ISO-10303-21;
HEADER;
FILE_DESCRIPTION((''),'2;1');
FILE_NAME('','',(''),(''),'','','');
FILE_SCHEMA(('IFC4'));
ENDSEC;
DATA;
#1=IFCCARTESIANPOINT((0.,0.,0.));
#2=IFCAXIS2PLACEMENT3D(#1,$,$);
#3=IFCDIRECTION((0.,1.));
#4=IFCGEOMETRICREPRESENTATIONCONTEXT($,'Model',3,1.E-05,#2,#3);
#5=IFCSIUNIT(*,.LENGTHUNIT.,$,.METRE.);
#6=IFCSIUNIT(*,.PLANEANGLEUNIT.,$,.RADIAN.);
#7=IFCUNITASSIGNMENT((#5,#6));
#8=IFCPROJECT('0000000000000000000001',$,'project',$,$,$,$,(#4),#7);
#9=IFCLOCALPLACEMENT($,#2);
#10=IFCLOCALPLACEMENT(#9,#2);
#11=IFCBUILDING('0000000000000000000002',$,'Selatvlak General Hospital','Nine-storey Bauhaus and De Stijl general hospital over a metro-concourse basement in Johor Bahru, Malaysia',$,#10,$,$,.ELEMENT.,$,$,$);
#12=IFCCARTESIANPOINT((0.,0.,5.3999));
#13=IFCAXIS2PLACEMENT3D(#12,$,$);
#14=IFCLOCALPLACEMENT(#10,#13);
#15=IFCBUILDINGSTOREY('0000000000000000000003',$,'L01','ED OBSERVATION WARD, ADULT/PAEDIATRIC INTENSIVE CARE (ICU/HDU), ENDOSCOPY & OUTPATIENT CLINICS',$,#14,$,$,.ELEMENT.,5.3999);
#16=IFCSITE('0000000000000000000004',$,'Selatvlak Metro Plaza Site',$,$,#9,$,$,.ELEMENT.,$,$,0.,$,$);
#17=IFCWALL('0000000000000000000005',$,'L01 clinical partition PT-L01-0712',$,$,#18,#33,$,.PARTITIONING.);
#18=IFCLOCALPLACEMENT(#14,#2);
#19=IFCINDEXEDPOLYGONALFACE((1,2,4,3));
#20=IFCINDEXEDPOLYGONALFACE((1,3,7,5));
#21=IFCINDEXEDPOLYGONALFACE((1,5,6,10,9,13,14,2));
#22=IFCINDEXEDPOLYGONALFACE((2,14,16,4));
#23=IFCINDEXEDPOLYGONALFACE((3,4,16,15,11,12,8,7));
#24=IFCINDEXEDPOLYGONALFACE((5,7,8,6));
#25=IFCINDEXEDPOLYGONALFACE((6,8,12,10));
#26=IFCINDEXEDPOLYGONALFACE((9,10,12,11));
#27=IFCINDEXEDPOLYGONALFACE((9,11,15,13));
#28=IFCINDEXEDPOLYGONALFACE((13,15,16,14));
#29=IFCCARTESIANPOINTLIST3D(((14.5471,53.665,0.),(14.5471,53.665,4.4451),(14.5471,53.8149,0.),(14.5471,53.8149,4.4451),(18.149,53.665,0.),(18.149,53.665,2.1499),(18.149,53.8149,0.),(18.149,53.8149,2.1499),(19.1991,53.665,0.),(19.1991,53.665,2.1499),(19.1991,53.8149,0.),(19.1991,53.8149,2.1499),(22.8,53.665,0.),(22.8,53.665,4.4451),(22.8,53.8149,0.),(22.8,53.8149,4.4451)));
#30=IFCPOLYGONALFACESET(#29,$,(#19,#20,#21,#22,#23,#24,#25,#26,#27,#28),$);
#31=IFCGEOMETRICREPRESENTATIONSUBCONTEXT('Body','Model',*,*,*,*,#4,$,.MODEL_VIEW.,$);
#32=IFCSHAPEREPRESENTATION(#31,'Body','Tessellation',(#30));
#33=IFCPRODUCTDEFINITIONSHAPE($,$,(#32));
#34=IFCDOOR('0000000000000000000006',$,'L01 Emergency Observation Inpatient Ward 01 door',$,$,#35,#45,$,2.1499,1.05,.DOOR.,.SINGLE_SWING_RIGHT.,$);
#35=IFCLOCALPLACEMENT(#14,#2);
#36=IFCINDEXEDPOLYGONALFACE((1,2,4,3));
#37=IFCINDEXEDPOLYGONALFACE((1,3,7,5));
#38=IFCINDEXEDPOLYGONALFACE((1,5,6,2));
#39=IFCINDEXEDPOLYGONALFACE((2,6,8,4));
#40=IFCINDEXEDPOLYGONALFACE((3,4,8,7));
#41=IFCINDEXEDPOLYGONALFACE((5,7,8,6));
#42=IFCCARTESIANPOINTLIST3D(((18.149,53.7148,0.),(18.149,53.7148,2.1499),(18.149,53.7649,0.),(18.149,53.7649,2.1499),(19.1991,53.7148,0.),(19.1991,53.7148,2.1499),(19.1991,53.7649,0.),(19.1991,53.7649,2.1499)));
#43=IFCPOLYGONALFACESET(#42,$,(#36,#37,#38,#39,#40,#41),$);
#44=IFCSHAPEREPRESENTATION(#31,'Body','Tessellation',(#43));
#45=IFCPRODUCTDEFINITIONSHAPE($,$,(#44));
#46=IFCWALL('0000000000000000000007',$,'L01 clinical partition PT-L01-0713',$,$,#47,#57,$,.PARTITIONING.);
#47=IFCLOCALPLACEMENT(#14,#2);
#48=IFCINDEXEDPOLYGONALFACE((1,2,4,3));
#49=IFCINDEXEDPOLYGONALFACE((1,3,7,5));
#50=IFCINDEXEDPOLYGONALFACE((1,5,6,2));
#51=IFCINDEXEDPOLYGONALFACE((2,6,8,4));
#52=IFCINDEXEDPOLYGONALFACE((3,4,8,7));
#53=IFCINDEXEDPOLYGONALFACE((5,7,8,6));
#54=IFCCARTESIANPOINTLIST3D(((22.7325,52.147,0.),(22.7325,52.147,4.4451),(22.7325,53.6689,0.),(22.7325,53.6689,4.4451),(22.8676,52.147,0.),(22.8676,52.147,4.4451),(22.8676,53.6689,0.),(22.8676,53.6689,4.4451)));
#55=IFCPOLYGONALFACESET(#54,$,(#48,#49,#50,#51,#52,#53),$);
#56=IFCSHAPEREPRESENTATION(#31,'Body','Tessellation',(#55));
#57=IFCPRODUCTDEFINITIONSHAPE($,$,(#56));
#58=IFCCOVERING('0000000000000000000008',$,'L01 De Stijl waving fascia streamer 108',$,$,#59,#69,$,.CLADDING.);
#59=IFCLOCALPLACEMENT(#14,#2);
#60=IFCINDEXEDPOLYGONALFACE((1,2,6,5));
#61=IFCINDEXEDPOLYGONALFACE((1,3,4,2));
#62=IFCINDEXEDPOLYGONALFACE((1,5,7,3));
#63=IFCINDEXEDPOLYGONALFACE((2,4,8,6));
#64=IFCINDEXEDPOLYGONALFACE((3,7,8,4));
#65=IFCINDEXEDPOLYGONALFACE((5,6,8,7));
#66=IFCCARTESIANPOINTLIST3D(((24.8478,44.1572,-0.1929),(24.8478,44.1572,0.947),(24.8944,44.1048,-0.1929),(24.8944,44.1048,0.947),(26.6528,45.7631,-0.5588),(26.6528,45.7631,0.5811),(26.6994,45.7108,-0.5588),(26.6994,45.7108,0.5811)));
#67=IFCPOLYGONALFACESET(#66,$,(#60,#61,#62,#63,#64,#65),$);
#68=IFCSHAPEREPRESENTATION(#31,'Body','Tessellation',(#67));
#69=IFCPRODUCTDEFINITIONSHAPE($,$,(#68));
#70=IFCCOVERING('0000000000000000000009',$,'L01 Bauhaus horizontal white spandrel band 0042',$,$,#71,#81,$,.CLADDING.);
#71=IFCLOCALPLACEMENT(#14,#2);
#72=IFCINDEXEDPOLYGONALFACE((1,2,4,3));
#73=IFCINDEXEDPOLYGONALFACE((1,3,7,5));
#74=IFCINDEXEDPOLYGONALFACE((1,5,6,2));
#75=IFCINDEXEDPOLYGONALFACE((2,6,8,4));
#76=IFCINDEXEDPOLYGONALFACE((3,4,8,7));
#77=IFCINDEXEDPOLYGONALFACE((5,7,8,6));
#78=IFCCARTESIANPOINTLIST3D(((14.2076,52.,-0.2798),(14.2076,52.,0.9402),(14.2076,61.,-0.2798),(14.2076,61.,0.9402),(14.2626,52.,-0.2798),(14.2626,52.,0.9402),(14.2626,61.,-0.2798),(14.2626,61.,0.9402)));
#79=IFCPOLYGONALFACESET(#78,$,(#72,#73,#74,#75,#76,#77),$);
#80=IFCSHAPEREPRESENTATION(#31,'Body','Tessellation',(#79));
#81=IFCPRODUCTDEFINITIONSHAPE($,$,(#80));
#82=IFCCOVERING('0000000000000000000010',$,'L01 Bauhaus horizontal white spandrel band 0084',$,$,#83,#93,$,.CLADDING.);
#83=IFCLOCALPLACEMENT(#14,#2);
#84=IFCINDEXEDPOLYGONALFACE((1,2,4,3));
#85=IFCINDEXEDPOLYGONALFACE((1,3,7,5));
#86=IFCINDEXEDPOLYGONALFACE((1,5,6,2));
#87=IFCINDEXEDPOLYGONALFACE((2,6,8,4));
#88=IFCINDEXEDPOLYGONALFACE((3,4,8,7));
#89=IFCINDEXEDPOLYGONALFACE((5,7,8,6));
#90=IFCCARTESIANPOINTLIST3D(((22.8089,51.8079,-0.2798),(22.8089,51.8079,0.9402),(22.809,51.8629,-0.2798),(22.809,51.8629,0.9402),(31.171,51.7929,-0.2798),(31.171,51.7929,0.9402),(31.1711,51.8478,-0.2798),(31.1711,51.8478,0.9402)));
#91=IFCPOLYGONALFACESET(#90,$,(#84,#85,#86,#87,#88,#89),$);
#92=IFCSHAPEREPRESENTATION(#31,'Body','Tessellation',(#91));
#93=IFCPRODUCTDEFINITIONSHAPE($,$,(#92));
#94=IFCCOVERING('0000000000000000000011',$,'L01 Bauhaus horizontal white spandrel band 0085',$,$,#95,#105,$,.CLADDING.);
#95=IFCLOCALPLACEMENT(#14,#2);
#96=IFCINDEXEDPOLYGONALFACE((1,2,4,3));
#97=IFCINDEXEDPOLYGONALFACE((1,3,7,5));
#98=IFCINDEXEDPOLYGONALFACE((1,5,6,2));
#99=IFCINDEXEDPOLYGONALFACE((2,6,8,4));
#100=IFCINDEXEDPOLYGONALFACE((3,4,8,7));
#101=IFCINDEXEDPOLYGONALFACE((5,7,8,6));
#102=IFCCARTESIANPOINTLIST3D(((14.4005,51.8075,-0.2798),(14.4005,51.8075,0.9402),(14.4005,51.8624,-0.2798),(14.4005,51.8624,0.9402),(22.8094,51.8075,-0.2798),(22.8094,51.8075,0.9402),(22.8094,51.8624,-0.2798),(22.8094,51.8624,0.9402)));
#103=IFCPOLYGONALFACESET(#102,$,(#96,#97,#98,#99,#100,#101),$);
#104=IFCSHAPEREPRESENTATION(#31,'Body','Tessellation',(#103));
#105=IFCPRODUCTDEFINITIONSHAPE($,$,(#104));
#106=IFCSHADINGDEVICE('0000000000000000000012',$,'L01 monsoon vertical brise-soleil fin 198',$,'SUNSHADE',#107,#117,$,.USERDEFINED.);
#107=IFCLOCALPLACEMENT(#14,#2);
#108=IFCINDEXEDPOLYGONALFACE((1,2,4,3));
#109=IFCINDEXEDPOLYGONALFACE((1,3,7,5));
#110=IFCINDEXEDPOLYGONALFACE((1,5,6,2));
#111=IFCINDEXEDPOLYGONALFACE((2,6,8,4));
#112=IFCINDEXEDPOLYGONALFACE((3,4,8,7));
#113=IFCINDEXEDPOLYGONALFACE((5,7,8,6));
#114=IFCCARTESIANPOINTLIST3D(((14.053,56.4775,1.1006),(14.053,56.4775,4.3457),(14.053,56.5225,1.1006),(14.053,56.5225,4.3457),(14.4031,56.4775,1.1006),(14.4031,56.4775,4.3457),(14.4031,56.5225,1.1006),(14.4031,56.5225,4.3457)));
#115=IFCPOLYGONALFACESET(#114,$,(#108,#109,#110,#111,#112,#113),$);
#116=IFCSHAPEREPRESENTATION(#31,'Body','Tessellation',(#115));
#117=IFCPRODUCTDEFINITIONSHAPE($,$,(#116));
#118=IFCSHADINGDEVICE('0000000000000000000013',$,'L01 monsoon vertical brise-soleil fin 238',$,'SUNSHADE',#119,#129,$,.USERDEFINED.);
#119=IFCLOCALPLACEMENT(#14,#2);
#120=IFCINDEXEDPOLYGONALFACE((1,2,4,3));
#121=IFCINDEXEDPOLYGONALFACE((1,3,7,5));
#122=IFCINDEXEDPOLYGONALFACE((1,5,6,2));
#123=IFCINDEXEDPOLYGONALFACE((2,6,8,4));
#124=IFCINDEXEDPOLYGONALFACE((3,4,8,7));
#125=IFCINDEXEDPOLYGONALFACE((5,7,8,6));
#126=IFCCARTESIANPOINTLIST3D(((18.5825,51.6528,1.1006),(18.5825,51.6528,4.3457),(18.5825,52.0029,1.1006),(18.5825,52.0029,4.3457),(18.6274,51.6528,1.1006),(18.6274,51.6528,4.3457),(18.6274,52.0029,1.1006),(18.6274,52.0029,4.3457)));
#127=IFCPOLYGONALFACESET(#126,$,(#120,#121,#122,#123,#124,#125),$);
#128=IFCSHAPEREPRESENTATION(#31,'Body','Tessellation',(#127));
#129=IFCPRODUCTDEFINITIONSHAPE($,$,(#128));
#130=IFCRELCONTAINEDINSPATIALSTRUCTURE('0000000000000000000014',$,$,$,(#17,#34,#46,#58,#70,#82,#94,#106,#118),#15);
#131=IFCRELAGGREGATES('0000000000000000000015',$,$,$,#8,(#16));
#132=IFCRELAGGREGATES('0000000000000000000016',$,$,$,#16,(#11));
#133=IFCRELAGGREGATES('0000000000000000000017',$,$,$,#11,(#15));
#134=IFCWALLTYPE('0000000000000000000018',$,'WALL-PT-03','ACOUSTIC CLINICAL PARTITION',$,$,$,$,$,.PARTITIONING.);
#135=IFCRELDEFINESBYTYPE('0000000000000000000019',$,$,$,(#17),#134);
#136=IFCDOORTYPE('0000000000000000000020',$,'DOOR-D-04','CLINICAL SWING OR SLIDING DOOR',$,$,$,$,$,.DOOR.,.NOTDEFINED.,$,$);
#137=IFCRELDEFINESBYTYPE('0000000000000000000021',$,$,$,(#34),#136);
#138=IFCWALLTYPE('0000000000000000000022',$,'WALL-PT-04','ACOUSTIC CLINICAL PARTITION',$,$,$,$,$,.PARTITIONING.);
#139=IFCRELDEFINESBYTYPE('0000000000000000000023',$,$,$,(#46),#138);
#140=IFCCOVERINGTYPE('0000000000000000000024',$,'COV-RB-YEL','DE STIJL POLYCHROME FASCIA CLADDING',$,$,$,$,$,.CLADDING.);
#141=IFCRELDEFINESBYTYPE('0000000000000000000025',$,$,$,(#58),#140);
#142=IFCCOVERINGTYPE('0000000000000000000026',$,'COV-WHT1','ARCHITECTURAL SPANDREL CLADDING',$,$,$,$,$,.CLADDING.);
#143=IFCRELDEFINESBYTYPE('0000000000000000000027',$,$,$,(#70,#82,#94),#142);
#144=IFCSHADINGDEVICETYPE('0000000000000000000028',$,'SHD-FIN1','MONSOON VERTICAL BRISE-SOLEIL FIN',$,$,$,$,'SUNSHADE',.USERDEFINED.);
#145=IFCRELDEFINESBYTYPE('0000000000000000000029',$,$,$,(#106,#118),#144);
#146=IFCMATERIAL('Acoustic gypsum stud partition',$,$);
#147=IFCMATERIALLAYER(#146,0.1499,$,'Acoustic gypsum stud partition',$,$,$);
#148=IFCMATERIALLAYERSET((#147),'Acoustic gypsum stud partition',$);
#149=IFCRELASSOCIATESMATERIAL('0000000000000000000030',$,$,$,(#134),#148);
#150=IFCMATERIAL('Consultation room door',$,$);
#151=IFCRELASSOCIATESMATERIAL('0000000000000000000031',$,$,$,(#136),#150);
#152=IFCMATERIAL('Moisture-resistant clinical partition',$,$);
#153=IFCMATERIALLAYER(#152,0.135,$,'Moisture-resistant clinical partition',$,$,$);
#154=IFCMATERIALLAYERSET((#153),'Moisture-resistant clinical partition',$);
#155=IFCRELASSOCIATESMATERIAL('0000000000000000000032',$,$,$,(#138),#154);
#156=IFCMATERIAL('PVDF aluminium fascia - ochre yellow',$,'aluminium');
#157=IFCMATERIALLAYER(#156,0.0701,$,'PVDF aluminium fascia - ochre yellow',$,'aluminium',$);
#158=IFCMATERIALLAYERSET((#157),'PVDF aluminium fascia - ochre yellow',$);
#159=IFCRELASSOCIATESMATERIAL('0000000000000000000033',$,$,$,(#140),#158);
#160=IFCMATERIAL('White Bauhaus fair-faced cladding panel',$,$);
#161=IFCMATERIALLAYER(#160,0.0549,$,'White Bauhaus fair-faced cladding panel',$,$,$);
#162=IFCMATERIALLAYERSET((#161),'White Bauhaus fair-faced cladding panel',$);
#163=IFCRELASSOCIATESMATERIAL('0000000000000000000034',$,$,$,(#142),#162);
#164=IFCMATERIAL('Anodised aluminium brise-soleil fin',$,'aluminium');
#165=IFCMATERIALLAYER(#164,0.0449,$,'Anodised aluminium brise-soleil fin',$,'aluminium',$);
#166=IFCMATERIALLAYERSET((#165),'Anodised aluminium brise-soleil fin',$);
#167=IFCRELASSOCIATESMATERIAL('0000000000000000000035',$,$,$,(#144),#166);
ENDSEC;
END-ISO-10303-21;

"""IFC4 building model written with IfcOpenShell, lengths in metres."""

from ifc_helpers import new_model, si_unit, direction, frame, frame_2d, origin, origin_2d, place, context, subcontext, project, spatial, polyline, rectangle, outline, extrude, material, layer, layer_set, type_object, element, fill, save


model = new_model("IFC4")

# Units and contexts
model_context = context("Model", 3, precision=1e-05, world=origin(), true_north=direction((0.0, 1.0)))
body_context = subcontext(model_context, "Body", "Model", "MODEL_VIEW")
ifc_project = project(units=[si_unit("LENGTHUNIT", "METRE"), si_unit("PLANEANGLEUNIT", "RADIAN")], contexts=[model_context])

# Site, building, storey
site_placement = place(None, origin())
site = spatial("IfcSite", under=ifc_project, at=site_placement, Name="Selatvlak Metro Plaza Site", CompositionType="ELEMENT", RefElevation=0.0)
building_placement = place(site_placement, origin())
building = spatial("IfcBuilding", under=site, at=building_placement, Name="Selatvlak General Hospital", Description="Nine-storey Bauhaus and De Stijl general hospital over a metro-concourse basement in Johor Bahru, Malaysia", CompositionType="ELEMENT")
storey_placement = place(building_placement, frame((0.0, 0.0, 5.3999)))
storey = spatial("IfcBuildingStorey", under=building, at=storey_placement, Name="L01", Description="ED OBSERVATION WARD, ADULT/PAEDIATRIC INTENSIVE CARE (ICU/HDU), ENDOSCOPY & OUTPATIENT CLINICS", CompositionType="ELEMENT", Elevation=5.3999)

# Shared definitions
ifc_material_1 = material(Name="Acoustic gypsum stud partition")

# Wall, opening, door
ifc_layer_1 = layer(ifc_material_1, 0.1499, Name="Acoustic gypsum stud partition")
ifc_layer_set_1 = layer_set([ifc_layer_1], Name="Acoustic gypsum stud partition")
wall_type_1 = type_object("IfcWallType", Name="WALL-PT-03", Description="ACOUSTIC CLINICAL PARTITION", PredefinedType="PARTITIONING", material=ifc_layer_set_1)
wall_1_placement = place(storey_placement, frame((14.5471, 53.74, 0.0), z_axis=(0.0, 0.0, 1.0), x_axis=(1.0, 0.0, 0.0)))
wall_1 = element("IfcWall", 1, at=wall_1_placement, inside=storey, type_object=wall_type_1, Name="L01 clinical partition PT-L01-0712", PredefinedType="PARTITIONING", context=body_context, shape_type="SweptSolid", body=[
    extrude(rectangle(XDim=8.2529, YDim=0.1499, at=frame_2d((4.1265, 0.0))), origin(), (0.0, 0.0, 1.0), 4.4451),
])
opening_1_placement = place(wall_1_placement, frame((3.6021, 0.0, 0.0)))
opening_1 = element("IfcOpeningElement", 2, at=opening_1_placement, cuts=wall_1, PredefinedType="OPENING", context=body_context, shape_type="SweptSolid", body=[
    extrude(rectangle(XDim=1.05, YDim=2.1499, at=frame_2d((0.5249, 1.075))), frame((0.0, 0.085, 0.0), z_axis=(0.0, -1.0, 0.0), x_axis=(1.0, 0.0, 0.0)), (0.0, 0.0, 1.0), 0.1699),
])
ifc_material_2 = material(Name="Consultation room door")
door_type = type_object("IfcDoorType", Name="DOOR-D-04", Description="CLINICAL SWING OR SLIDING DOOR", OperationType="NOTDEFINED", PredefinedType="DOOR", material=ifc_material_2)
door_placement = place(opening_1_placement, origin())
door = element("IfcDoor", 3, at=door_placement, inside=storey, type_object=door_type, Name="L01 Emergency Observation Inpatient Ward 01 door", OperationType="SINGLE_SWING_RIGHT", OverallHeight=2.1499, OverallWidth=1.05, PredefinedType="DOOR", context=body_context, shape_type="SweptSolid", body=[
    extrude(rectangle(XDim=1.05, YDim=2.1499, at=frame_2d((0.5249, 1.075))), frame((0.0, 0.0249, 0.0), z_axis=(0.0, -1.0, 0.0), x_axis=(1.0, 0.0, 0.0)), (0.0, 0.0, 1.0), 0.05),
])
fill(opening_1, door)

# Wall
ifc_material_3 = material(Name="Moisture-resistant clinical partition")
ifc_layer_2 = layer(ifc_material_3, 0.135, Name="Moisture-resistant clinical partition")
ifc_layer_set_2 = layer_set([ifc_layer_2], Name="Moisture-resistant clinical partition")
wall_type_2 = type_object("IfcWallType", Name="WALL-PT-04", Description="ACOUSTIC CLINICAL PARTITION", PredefinedType="PARTITIONING", material=ifc_layer_set_2)
wall_2_placement = place(storey_placement, frame((22.8, 53.6689, 0.0), z_axis=(0.0, 0.0, 1.0), x_axis=(0.0, -1.0, 0.0)))
element("IfcWall", 4, at=wall_2_placement, inside=storey, type_object=wall_type_2, Name="L01 clinical partition PT-L01-0713", PredefinedType="PARTITIONING", context=body_context, shape_type="SweptSolid", body=[
    extrude(rectangle(XDim=1.522, YDim=0.135, at=frame_2d((0.761, 0.0))), origin(), (0.0, 0.0, 1.0), 4.4451),
])

# Coverings
ifc_material_4 = material(Name="PVDF aluminium fascia - ochre yellow", Category="aluminium")
ifc_layer_3 = layer(ifc_material_4, 0.0701, Name="PVDF aluminium fascia - ochre yellow", Category="aluminium")
ifc_layer_set_3 = layer_set([ifc_layer_3], Name="PVDF aluminium fascia - ochre yellow")
covering_type_1 = type_object("IfcCoveringType", Name="COV-RB-YEL", Description="DE STIJL POLYCHROME FASCIA CLADDING", PredefinedType="CLADDING", material=ifc_layer_set_3)
covering_1_placement = place(storey_placement, frame((26.676, 45.7371, -0.5588), z_axis=(0.0, 0.0, 1.0), x_axis=(-0.747086, -0.664728, 0.0)))
element("IfcCovering", 5, at=covering_1_placement, inside=storey, type_object=covering_type_1, Name="L01 De Stijl waving fascia streamer 108", PredefinedType="CLADDING", context=body_context, shape_type="SweptSolid", body=[
    extrude(outline(polyline([(0.0, 0.0), (2.416, 0.366), (2.416, 1.5059), (0.0, 1.1399), (0.0, 0.0)])), frame((0.0, 0.0352, 0.0), z_axis=(0.0, -1.0, 0.0), x_axis=(1.0, 0.0, 0.0)), (0.0, 0.0, 1.0), 0.0701),
])
ifc_material_5 = material(Name="White Bauhaus fair-faced cladding panel")
ifc_layer_4 = layer(ifc_material_5, 0.0549, Name="White Bauhaus fair-faced cladding panel")
ifc_layer_set_4 = layer_set([ifc_layer_4], Name="White Bauhaus fair-faced cladding panel")
covering_type_2 = type_object("IfcCoveringType", Name="COV-WHT1", Description="ARCHITECTURAL SPANDREL CLADDING", PredefinedType="CLADDING", material=ifc_layer_set_4)
covering_2_placement = place(storey_placement, frame((14.2351, 56.5, -0.2798), z_axis=(0.0, 0.0, 1.0), x_axis=(0.0, 1.0, 0.0)))
element("IfcCovering", 6, at=covering_2_placement, inside=storey, type_object=covering_type_2, Name="L01 Bauhaus horizontal white spandrel band 0042", PredefinedType="CLADDING", context=body_context, shape_type="SweptSolid", body=[
    extrude(rectangle(XDim=9.0, YDim=0.0549, at=origin_2d()), origin(), (0.0, 0.0, 1.0), 1.22),
])
covering_3_placement = place(storey_placement, frame((26.99, 51.8279, -0.2798), z_axis=(0.0, 0.0, 1.0), x_axis=(-0.999998, 0.001798, 0.0)))
element("IfcCovering", 7, at=covering_3_placement, inside=storey, type_object=covering_type_2, Name="L01 Bauhaus horizontal white spandrel band 0084", PredefinedType="CLADDING", context=body_context, shape_type="SweptSolid", body=[
    extrude(rectangle(XDim=8.3621, YDim=0.0549, at=origin_2d()), origin(), (0.0, 0.0, 1.0), 1.22),
])
covering_4_placement = place(storey_placement, frame((18.605, 51.835, -0.2798), z_axis=(0.0, 0.0, 1.0), x_axis=(-1.0, 0.0, 0.0)))
element("IfcCovering", 8, at=covering_4_placement, inside=storey, type_object=covering_type_2, Name="L01 Bauhaus horizontal white spandrel band 0085", PredefinedType="CLADDING", context=body_context, shape_type="SweptSolid", body=[
    extrude(rectangle(XDim=8.4089, YDim=0.0549, at=origin_2d()), origin(), (0.0, 0.0, 1.0), 1.22),
])

# Shading devices
ifc_material_6 = material(Name="Anodised aluminium brise-soleil fin", Category="aluminium")
ifc_layer_5 = layer(ifc_material_6, 0.0449, Name="Anodised aluminium brise-soleil fin", Category="aluminium")
ifc_layer_set_5 = layer_set([ifc_layer_5], Name="Anodised aluminium brise-soleil fin")
shading_device_type = type_object("IfcShadingDeviceType", Name="SHD-FIN1", Description="MONSOON VERTICAL BRISE-SOLEIL FIN", ElementType="SUNSHADE", PredefinedType="USERDEFINED", material=ifc_layer_set_5)
for number, where, z_axis, x_axis, name in (
    (9, (14.228, 56.5, 1.1006), (0.0, 0.0, 1.0), (-1.0, 0.0, 0.0), "L01 monsoon vertical brise-soleil fin 198"),
    (10, (18.605, 51.8279, 1.1006), (0.0, 0.0, 1.0), (0.0, -1.0, 0.0), "L01 monsoon vertical brise-soleil fin 238"),
):
    element("IfcShadingDevice", number, at=place(storey_placement, frame(where, z_axis=z_axis, x_axis=x_axis)), inside=storey, type_object=shading_device_type, Name=name, ObjectType="SUNSHADE", PredefinedType="USERDEFINED", context=body_context, shape_type="SweptSolid", body=[
        extrude(rectangle(XDim=0.3501, YDim=0.0449, at=origin_2d()), origin(), (0.0, 0.0, 1.0), 3.2451),
    ])

save(model, "model.ifc")
